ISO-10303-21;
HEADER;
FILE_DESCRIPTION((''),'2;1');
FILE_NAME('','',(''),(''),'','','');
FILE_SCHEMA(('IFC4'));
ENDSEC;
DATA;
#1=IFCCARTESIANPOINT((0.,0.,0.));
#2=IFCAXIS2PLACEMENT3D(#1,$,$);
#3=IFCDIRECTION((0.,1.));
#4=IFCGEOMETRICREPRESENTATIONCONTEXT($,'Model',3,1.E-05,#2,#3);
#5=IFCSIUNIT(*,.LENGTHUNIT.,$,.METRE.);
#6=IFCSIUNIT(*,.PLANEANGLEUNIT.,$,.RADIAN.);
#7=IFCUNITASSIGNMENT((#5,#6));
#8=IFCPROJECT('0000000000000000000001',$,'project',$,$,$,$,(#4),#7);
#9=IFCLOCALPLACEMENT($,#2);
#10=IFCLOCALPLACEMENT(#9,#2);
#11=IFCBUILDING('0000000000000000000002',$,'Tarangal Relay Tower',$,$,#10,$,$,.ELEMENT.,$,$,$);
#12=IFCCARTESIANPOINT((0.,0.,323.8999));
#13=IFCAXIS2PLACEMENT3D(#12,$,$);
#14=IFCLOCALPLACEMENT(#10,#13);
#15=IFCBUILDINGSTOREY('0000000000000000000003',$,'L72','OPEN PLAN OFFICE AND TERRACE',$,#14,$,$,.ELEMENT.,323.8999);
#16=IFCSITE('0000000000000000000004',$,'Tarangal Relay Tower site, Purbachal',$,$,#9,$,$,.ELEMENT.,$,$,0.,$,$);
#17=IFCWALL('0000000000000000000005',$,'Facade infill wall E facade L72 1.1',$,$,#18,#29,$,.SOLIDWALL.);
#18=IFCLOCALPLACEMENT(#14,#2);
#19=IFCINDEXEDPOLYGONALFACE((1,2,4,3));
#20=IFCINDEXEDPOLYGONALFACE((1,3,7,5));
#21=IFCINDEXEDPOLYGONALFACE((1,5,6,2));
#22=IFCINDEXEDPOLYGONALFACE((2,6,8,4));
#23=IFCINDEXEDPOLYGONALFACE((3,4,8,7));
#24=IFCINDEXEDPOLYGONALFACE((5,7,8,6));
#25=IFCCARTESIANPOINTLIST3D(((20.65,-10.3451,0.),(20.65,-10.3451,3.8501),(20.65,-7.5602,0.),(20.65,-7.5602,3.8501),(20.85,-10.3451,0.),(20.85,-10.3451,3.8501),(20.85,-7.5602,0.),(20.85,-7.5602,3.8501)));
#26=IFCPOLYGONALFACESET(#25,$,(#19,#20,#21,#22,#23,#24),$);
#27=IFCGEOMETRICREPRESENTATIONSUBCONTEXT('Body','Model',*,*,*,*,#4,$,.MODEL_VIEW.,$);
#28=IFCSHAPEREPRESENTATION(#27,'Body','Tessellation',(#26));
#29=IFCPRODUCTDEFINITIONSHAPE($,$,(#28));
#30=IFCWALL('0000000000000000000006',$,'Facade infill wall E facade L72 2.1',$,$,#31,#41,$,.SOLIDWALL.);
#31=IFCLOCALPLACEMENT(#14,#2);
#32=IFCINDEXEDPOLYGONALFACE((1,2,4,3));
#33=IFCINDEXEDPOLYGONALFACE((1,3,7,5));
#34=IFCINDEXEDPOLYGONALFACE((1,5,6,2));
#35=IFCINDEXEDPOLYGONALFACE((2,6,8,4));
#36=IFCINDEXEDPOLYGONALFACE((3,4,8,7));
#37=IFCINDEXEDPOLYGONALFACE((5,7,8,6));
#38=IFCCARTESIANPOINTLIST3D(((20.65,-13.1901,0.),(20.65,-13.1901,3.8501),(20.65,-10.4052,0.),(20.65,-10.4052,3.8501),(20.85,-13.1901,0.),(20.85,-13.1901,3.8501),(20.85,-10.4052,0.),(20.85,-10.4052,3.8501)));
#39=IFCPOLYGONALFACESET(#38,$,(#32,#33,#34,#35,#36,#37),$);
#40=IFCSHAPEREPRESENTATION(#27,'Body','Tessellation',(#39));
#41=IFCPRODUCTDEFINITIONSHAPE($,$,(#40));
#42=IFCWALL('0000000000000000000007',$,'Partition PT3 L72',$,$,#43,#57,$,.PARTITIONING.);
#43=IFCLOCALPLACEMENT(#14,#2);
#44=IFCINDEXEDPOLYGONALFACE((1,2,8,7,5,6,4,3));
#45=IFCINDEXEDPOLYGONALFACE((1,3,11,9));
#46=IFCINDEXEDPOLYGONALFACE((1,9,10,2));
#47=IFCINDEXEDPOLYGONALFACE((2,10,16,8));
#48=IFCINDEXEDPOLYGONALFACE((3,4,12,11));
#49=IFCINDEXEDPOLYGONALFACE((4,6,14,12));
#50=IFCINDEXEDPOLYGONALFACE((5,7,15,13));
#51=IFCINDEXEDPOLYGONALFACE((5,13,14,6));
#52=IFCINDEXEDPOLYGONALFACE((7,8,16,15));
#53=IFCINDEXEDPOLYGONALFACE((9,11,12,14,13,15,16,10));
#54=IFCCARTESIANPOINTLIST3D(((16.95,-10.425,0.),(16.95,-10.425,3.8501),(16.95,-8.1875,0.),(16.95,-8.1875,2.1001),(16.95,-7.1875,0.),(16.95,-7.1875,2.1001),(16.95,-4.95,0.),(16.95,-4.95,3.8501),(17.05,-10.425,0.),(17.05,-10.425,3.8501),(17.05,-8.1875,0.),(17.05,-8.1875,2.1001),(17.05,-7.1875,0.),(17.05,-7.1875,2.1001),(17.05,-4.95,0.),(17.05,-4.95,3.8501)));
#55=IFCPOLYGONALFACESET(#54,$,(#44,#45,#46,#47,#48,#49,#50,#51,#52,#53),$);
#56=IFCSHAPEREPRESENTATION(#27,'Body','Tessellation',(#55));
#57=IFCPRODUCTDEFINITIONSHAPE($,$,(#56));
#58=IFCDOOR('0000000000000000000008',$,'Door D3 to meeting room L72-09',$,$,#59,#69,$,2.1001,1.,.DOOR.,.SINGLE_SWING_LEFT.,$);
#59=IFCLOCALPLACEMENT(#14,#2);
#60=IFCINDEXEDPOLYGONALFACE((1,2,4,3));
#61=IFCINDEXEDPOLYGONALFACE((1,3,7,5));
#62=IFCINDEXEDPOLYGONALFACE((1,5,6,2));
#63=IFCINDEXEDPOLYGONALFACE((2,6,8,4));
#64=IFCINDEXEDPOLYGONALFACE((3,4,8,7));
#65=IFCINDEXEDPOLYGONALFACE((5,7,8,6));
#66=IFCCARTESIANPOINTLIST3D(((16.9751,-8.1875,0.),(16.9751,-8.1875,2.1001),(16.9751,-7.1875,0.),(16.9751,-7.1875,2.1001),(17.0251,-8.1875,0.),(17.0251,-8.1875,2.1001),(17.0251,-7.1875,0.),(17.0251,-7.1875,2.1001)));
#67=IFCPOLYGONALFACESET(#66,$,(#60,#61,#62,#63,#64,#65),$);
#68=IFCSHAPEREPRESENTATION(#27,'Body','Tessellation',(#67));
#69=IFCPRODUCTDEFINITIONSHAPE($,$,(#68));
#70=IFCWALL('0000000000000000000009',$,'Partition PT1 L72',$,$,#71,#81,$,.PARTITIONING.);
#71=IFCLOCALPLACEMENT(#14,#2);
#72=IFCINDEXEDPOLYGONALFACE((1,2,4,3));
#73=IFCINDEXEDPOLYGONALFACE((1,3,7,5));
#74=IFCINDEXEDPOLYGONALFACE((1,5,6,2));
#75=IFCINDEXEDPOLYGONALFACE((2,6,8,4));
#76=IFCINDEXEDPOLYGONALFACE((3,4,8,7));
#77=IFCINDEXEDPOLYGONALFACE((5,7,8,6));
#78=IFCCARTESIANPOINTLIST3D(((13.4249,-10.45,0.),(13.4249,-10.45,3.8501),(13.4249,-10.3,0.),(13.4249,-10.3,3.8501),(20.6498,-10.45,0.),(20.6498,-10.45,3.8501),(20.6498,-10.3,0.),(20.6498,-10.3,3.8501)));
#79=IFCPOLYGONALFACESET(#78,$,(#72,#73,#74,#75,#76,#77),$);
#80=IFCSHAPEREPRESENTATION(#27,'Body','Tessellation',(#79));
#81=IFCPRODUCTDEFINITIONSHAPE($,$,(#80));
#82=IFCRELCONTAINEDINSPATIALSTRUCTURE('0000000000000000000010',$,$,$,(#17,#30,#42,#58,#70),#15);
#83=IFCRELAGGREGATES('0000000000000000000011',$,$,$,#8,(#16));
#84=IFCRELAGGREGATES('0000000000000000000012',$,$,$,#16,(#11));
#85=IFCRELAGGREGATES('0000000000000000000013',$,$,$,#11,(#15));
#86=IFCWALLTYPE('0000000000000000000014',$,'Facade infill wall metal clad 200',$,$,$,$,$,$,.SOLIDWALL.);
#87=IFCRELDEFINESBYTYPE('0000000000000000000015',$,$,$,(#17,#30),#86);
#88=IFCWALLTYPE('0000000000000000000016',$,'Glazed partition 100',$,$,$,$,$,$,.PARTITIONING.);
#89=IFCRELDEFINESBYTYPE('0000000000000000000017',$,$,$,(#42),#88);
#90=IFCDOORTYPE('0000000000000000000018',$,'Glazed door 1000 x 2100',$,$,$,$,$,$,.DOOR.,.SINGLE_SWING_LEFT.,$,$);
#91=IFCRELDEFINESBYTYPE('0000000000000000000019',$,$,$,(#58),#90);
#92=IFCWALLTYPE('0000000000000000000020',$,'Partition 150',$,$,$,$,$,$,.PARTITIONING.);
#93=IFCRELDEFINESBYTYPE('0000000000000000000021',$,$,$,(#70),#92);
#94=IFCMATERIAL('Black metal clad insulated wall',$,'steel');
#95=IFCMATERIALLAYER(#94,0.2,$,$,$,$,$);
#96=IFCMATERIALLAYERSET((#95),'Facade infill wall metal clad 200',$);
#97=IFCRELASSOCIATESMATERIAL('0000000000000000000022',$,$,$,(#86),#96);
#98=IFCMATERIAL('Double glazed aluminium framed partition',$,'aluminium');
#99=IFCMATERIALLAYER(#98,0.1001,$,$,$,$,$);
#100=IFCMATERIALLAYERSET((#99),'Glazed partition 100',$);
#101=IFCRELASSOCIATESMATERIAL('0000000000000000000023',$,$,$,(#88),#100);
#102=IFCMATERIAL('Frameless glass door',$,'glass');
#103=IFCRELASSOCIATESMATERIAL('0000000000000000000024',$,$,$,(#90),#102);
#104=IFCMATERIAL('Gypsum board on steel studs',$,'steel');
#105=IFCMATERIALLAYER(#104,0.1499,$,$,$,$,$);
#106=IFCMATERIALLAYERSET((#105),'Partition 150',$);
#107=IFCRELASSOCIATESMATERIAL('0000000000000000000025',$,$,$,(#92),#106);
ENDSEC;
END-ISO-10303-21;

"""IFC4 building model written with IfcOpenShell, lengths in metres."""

from ifc_helpers import new_model, si_unit, direction, frame, frame_2d, origin, place, context, subcontext, project, spatial, rectangle, extrude, material, layer, layer_set, type_object, element, fill, save


model = new_model("IFC4")

# Units and contexts
model_context = context("Model", 3, precision=1e-05, world=origin(), true_north=direction((0.0, 1.0)))
body_context = subcontext(model_context, "Body", "Model", "MODEL_VIEW")
ifc_project = project(units=[si_unit("LENGTHUNIT", "METRE"), si_unit("PLANEANGLEUNIT", "RADIAN")], contexts=[model_context])

# Site, building, storey
site_placement = place(None, origin())
site = spatial("IfcSite", under=ifc_project, at=site_placement, Name="Tarangal Relay Tower site, Purbachal", CompositionType="ELEMENT", RefElevation=0.0)
building_placement = place(site_placement, origin())
building = spatial("IfcBuilding", under=site, at=building_placement, Name="Tarangal Relay Tower", CompositionType="ELEMENT")
storey_placement = place(building_placement, frame((0.0, 0.0, 323.8999)))
storey = spatial("IfcBuildingStorey", under=building, at=storey_placement, Name="L72", Description="OPEN PLAN OFFICE AND TERRACE", CompositionType="ELEMENT", Elevation=323.8999)

# Walls
ifc_material_1 = material(Name="Black metal clad insulated wall", Category="steel")
ifc_layer_1 = layer(ifc_material_1, 0.2)
ifc_layer_set_1 = layer_set([ifc_layer_1], Name="Facade infill wall metal clad 200")
wall_type_1 = type_object("IfcWallType", Name="Facade infill wall metal clad 200", PredefinedType="SOLIDWALL", material=ifc_layer_set_1)
for number, where, z_axis, x_axis, name in (
    (1, (20.75, -7.5601, 0.0), (0.0, 0.0, 1.0), (0.0, -1.0, 0.0), "Facade infill wall E facade L72 1.1"),
    (2, (20.75, -10.405, 0.0), (0.0, 0.0, 1.0), (0.0, -1.0, 0.0), "Facade infill wall E facade L72 2.1"),
):
    element("IfcWall", number, at=place(storey_placement, frame(where, z_axis=z_axis, x_axis=x_axis)), inside=storey, type_object=wall_type_1, Name=name, PredefinedType="SOLIDWALL", context=body_context, shape_type="SweptSolid", body=[
        extrude(rectangle(XDim=2.7849, YDim=0.2, at=frame_2d((1.3926, 0.0))), origin(), (0.0, 0.0, 1.0), 3.8501),
    ])

# Wall, opening, door
ifc_material_2 = material(Name="Double glazed aluminium framed partition", Category="aluminium")
ifc_layer_2 = layer(ifc_material_2, 0.1001)
ifc_layer_set_2 = layer_set([ifc_layer_2], Name="Glazed partition 100")
wall_type_2 = type_object("IfcWallType", Name="Glazed partition 100", PredefinedType="PARTITIONING", material=ifc_layer_set_2)
wall_1_placement = place(storey_placement, frame((17.0, -10.425, 0.0), z_axis=(0.0, 0.0, 1.0), x_axis=(0.0, 1.0, 0.0)))
wall_1 = element("IfcWall", 3, at=wall_1_placement, inside=storey, type_object=wall_type_2, Name="Partition PT3 L72", PredefinedType="PARTITIONING", context=body_context, shape_type="SweptSolid", body=[
    extrude(rectangle(XDim=5.4751, YDim=0.1001, at=frame_2d((2.7375, 0.0))), origin(), (0.0, 0.0, 1.0), 3.8501),
])
opening_1_placement = place(wall_1_placement, frame((2.2375, 0.0, 0.0)))
opening_1 = element("IfcOpeningElement", 4, at=opening_1_placement, cuts=wall_1, PredefinedType="OPENING", context=body_context, shape_type="SweptSolid", body=[
    extrude(rectangle(XDim=1.0, YDim=2.1001, at=frame_2d((0.5, 1.05))), frame((0.0, 0.0601, 0.0), z_axis=(0.0, -1.0, 0.0), x_axis=(1.0, 0.0, 0.0)), (0.0, 0.0, 1.0), 0.1201),
])
ifc_material_3 = material(Name="Frameless glass door", Category="glass")
door_type_1 = type_object("IfcDoorType", Name="Glazed door 1000 x 2100", OperationType="SINGLE_SWING_LEFT", PredefinedType="DOOR", material=ifc_material_3)
door_1_placement = place(opening_1_placement, origin())
door_1 = element("IfcDoor", 5, at=door_1_placement, inside=storey, type_object=door_type_1, Name="Door D3 to meeting room L72-09", OperationType="SINGLE_SWING_LEFT", OverallHeight=2.1001, OverallWidth=1.0, PredefinedType="DOOR", context=body_context, shape_type="SweptSolid", body=[
    extrude(rectangle(XDim=1.0, YDim=2.1001, at=frame_2d((0.5, 1.05))), frame((0.0, 0.0249, 0.0), z_axis=(0.0, -1.0, 0.0), x_axis=(1.0, 0.0, 0.0)), (0.0, 0.0, 1.0), 0.05),
])
fill(opening_1, door_1)

# Wall
ifc_material_4 = material(Name="Gypsum board on steel studs", Category="steel")
ifc_layer_3 = layer(ifc_material_4, 0.1499)
ifc_layer_set_3 = layer_set([ifc_layer_3], Name="Partition 150")
wall_type_3 = type_object("IfcWallType", Name="Partition 150", PredefinedType="PARTITIONING", material=ifc_layer_set_3)
wall_2_placement = place(storey_placement, frame((13.425, -10.375, 0.0), z_axis=(0.0, 0.0, 1.0), x_axis=(1.0, 0.0, 0.0)))
element("IfcWall", 6, at=wall_2_placement, inside=storey, type_object=wall_type_3, Name="Partition PT1 L72", PredefinedType="PARTITIONING", context=body_context, shape_type="SweptSolid", body=[
    extrude(rectangle(XDim=7.2249, YDim=0.1499, at=frame_2d((3.6123, 0.0))), origin(), (0.0, 0.0, 1.0), 3.8501),
])

save(model, "model.ifc")
